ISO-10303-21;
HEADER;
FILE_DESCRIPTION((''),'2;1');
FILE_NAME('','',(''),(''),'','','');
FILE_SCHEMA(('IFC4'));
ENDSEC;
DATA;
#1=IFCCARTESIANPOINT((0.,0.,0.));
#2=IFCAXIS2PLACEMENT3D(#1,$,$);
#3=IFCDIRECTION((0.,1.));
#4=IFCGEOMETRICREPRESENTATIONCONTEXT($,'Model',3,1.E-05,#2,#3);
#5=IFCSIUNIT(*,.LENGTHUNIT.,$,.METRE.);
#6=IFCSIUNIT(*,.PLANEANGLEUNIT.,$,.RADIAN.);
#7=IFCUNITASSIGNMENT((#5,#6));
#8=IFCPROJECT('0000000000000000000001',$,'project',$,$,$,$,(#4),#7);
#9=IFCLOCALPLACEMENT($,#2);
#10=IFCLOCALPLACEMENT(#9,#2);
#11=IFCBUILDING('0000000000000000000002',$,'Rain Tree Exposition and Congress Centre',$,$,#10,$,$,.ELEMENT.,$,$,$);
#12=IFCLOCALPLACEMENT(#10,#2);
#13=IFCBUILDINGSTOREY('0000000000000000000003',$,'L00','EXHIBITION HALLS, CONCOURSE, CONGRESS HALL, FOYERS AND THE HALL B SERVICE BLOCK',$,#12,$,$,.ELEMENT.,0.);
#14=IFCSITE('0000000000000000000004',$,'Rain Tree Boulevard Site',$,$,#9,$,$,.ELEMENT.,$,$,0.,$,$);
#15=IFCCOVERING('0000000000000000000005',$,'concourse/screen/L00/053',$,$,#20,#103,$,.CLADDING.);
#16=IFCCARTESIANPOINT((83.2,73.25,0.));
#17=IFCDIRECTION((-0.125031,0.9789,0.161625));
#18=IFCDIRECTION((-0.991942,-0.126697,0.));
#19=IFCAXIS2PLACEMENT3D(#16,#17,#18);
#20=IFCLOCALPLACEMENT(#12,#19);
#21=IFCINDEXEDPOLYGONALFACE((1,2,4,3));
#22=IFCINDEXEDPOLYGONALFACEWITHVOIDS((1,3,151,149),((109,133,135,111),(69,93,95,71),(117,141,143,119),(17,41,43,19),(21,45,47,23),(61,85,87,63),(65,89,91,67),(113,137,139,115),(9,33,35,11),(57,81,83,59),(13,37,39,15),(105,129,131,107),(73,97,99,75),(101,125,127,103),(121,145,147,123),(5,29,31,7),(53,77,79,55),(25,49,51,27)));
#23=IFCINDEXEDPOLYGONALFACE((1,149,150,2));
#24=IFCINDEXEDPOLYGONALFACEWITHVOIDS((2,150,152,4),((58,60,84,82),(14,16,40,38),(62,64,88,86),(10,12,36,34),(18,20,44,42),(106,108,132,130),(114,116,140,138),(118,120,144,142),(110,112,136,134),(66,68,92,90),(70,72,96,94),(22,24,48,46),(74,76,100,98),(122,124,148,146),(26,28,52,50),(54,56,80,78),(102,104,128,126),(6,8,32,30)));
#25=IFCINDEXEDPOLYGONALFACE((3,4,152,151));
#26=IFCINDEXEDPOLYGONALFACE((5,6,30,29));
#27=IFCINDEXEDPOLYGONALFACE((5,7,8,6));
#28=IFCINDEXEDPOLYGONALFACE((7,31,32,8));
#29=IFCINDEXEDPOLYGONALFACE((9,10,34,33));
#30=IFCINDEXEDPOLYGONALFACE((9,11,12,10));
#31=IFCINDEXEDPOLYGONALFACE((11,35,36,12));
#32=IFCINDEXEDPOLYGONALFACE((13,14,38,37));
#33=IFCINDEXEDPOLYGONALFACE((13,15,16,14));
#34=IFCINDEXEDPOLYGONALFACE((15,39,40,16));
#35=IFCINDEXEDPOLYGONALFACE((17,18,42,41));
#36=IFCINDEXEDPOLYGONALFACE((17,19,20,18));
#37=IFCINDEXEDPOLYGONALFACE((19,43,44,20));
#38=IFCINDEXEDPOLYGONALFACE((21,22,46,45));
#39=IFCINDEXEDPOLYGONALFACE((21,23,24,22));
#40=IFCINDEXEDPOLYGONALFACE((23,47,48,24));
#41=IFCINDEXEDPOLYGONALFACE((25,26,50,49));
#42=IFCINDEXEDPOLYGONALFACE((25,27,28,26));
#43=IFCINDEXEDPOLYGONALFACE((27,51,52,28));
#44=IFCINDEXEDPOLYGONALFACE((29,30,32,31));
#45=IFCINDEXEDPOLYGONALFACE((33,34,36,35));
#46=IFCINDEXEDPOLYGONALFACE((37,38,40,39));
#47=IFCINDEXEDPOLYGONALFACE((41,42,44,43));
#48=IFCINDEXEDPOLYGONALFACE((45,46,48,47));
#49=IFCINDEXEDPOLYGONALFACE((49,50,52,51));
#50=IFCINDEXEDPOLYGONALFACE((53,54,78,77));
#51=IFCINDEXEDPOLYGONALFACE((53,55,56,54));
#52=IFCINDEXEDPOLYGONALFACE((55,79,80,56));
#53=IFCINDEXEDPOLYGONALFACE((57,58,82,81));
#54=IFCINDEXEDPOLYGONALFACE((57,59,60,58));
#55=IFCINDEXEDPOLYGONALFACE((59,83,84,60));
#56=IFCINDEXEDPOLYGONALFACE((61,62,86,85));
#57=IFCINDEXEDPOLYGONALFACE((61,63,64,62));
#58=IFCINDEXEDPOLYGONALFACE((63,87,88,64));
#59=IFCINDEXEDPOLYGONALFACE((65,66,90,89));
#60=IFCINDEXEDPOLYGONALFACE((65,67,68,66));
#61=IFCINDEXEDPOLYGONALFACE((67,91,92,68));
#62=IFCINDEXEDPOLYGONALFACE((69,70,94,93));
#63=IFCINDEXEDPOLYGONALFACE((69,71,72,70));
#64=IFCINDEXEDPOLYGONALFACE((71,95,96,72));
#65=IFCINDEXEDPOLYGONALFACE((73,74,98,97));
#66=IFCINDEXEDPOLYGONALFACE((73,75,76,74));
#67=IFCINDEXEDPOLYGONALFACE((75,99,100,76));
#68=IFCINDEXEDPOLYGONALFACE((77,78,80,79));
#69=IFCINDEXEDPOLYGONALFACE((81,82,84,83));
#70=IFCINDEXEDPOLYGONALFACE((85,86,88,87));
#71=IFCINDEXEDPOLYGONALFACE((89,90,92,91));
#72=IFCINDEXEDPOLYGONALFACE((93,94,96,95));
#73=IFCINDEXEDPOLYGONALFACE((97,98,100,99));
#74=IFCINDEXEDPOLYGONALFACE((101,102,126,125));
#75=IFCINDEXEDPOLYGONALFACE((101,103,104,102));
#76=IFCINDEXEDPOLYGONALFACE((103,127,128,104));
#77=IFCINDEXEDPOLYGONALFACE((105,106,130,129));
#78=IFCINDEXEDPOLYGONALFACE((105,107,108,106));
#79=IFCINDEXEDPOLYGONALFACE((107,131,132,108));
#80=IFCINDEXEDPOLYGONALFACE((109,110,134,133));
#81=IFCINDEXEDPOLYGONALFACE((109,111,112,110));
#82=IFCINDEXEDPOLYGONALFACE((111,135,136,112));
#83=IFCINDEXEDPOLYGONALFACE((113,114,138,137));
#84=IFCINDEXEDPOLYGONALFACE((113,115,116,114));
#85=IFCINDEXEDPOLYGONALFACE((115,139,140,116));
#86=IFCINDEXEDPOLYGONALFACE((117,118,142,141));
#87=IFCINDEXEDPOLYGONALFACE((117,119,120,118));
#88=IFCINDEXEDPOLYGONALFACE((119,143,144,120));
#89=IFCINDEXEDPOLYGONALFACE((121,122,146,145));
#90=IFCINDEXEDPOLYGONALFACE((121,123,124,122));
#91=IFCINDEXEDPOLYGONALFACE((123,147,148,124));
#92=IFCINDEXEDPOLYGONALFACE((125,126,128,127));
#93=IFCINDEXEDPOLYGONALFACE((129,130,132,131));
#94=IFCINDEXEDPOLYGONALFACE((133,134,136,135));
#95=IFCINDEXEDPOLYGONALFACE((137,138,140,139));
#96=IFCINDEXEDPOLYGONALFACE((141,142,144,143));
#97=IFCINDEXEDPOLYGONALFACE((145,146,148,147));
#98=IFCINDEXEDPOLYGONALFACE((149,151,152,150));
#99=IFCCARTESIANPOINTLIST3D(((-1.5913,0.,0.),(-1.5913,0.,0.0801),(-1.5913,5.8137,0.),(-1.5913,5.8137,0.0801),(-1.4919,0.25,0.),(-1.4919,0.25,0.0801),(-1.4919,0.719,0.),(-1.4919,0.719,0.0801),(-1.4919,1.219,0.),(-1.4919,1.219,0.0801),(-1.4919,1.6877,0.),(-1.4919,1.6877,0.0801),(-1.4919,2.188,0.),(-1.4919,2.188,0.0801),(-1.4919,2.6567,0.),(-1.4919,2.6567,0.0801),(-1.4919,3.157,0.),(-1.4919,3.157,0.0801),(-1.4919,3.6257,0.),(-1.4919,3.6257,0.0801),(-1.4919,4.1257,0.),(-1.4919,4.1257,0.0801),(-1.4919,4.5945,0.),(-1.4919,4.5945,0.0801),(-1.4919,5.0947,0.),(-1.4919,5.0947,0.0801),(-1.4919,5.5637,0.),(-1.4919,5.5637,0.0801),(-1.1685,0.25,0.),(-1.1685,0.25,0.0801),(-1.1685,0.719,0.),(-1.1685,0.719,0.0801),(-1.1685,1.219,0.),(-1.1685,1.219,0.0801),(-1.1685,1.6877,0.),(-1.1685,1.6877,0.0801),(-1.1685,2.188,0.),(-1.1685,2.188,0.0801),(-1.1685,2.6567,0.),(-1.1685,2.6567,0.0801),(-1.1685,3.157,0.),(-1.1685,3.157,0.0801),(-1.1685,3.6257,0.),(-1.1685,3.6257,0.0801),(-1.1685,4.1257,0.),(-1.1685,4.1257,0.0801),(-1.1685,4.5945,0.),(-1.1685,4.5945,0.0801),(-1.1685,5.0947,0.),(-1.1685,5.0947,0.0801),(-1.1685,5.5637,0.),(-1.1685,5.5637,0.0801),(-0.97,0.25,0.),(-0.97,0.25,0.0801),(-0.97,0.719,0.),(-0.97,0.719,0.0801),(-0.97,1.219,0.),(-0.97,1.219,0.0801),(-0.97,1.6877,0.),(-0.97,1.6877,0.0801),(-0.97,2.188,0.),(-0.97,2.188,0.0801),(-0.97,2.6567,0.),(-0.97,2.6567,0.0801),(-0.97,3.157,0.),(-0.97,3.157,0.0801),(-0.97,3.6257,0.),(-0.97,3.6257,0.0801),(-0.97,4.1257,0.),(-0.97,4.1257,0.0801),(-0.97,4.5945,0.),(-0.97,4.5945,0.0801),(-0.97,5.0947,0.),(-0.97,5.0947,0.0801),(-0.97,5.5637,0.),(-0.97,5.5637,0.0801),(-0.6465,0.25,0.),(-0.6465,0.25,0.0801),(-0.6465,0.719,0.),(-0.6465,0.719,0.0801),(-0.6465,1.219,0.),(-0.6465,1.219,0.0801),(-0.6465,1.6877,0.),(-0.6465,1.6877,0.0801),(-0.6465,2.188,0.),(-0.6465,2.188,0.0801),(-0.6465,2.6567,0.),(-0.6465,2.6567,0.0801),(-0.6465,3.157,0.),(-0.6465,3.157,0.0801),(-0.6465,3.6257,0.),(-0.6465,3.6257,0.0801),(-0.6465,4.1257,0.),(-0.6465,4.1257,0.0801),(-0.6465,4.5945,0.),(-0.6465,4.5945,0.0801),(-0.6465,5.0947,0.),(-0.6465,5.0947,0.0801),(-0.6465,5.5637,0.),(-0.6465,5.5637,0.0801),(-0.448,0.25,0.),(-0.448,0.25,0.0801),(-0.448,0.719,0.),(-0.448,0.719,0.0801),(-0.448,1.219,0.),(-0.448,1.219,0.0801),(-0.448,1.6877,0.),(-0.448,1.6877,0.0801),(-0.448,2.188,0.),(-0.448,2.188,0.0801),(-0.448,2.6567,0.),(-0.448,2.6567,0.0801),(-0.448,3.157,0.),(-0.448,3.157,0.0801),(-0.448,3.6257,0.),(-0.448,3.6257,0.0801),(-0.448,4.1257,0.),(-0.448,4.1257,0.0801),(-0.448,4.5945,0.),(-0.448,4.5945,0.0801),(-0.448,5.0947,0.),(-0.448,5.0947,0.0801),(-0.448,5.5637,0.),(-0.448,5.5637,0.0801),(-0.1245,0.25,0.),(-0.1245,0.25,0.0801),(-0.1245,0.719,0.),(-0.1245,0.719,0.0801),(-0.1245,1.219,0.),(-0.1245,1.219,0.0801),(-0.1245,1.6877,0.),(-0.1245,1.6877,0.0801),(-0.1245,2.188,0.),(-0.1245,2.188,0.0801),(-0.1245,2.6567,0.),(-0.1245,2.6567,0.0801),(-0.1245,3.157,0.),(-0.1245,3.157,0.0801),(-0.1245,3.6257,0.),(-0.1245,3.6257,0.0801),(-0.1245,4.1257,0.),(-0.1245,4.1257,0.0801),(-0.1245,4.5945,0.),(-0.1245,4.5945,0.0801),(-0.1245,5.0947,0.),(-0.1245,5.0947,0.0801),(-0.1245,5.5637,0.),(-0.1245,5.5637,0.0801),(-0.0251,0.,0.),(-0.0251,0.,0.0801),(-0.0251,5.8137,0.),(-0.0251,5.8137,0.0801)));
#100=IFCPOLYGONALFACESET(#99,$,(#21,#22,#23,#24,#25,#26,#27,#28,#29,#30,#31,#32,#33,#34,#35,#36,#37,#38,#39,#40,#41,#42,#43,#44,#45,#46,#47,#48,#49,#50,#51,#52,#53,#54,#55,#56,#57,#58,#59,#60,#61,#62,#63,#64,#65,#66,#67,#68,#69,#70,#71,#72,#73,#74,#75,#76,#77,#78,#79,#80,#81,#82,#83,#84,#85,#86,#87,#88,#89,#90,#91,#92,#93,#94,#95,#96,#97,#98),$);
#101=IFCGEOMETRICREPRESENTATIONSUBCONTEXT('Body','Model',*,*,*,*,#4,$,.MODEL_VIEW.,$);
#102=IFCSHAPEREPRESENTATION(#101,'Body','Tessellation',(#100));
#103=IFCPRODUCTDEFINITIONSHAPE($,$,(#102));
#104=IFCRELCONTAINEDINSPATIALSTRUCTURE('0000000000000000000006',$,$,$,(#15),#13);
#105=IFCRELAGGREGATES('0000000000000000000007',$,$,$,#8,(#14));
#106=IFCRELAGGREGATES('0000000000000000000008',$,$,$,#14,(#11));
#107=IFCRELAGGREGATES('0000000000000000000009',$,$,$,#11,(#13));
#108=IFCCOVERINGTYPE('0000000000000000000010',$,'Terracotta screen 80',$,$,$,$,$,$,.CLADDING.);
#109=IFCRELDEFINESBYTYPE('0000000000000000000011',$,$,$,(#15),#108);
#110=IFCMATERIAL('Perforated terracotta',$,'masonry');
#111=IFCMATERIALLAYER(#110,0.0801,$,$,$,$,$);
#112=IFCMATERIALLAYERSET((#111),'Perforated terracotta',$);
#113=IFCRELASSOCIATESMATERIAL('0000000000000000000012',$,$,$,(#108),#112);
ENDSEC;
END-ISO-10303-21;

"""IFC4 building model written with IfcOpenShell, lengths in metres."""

from ifc_helpers import new_model, si_unit, direction, frame, origin, place, context, subcontext, project, spatial, polyline, outline, extrude, material, layer, layer_set, type_object, element, save


model = new_model("IFC4")

# Units and contexts
model_context = context("Model", 3, precision=1e-05, world=origin(), true_north=direction((0.0, 1.0)))
body_context = subcontext(model_context, "Body", "Model", "MODEL_VIEW")
ifc_project = project(units=[si_unit("LENGTHUNIT", "METRE"), si_unit("PLANEANGLEUNIT", "RADIAN")], contexts=[model_context])

# Site, building, storey
site_placement = place(None, origin())
site = spatial("IfcSite", under=ifc_project, at=site_placement, Name="Rain Tree Boulevard Site", CompositionType="ELEMENT", RefElevation=0.0)
building_placement = place(site_placement, origin())
building = spatial("IfcBuilding", under=site, at=building_placement, Name="Rain Tree Exposition and Congress Centre", CompositionType="ELEMENT")
storey_placement = place(building_placement, origin())
storey = spatial("IfcBuildingStorey", under=building, at=storey_placement, Name="L00", Description="EXHIBITION HALLS, CONCOURSE, CONGRESS HALL, FOYERS AND THE HALL B SERVICE BLOCK", CompositionType="ELEMENT", Elevation=0.0)

# Covering
ifc_material_1 = material(Name="Perforated terracotta", Category="masonry")
ifc_layer_1 = layer(ifc_material_1, 0.0801)
ifc_layer_set_1 = layer_set([ifc_layer_1], Name="Perforated terracotta")
covering_type_1 = type_object("IfcCoveringType", Name="Terracotta screen 80", PredefinedType="CLADDING", material=ifc_layer_set_1)
covering_1_placement = place(storey_placement, frame((83.2, 73.25, 0.0), z_axis=(-0.125031, 0.9789, 0.161625), x_axis=(-0.991942, -0.126697, 0.0)))
element("IfcCovering", 1, at=covering_1_placement, inside=storey, type_object=covering_type_1, Name="concourse/screen/L00/053", PredefinedType="CLADDING", context=body_context, shape_type="SweptSolid", body=[
    extrude(outline(polyline([(-0.0251, 0.0), (-1.5913, 0.0), (-1.5913, 5.8137), (-0.0251, 5.8137), (-0.0251, 0.0)]), holes=[polyline([(-0.1245, 0.25), (-0.1245, 0.719), (-0.448, 0.719), (-0.448, 0.25), (-0.1245, 0.25)]), polyline([(-0.1245, 1.219), (-0.1245, 1.6877), (-0.448, 1.6877), (-0.448, 1.219), (-0.1245, 1.219)]), polyline([(-0.1245, 2.188), (-0.1245, 2.6567), (-0.448, 2.6567), (-0.448, 2.188), (-0.1245, 2.188)]), polyline([(-0.1245, 3.157), (-0.1245, 3.6257), (-0.448, 3.6257), (-0.448, 3.157), (-0.1245, 3.157)]), polyline([(-0.1245, 4.1257), (-0.1245, 4.5945), (-0.448, 4.5945), (-0.448, 4.1257), (-0.1245, 4.1257)]), polyline([(-0.1245, 5.0947), (-0.1245, 5.5637), (-0.448, 5.5637), (-0.448, 5.0947), (-0.1245, 5.0947)]), polyline([(-0.6465, 0.25), (-0.6465, 0.719), (-0.97, 0.719), (-0.97, 0.25), (-0.6465, 0.25)]), polyline([(-0.6465, 1.219), (-0.6465, 1.6877), (-0.97, 1.6877), (-0.97, 1.219), (-0.6465, 1.219)]), polyline([(-0.6465, 2.188), (-0.6465, 2.6567), (-0.97, 2.6567), (-0.97, 2.188), (-0.6465, 2.188)]), polyline([(-0.6465, 3.157), (-0.6465, 3.6257), (-0.97, 3.6257), (-0.97, 3.157), (-0.6465, 3.157)]), polyline([(-0.6465, 4.1257), (-0.6465, 4.5945), (-0.97, 4.5945), (-0.97, 4.1257), (-0.6465, 4.1257)]), polyline([(-0.6465, 5.0947), (-0.6465, 5.5637), (-0.97, 5.5637), (-0.97, 5.0947), (-0.6465, 5.0947)]), polyline([(-1.1685, 0.25), (-1.1685, 0.719), (-1.4919, 0.719), (-1.4919, 0.25), (-1.1685, 0.25)]), polyline([(-1.1685, 1.219), (-1.1685, 1.6877), (-1.4919, 1.6877), (-1.4919, 1.219), (-1.1685, 1.219)]), polyline([(-1.1685, 2.188), (-1.1685, 2.6567), (-1.4919, 2.6567), (-1.4919, 2.188), (-1.1685, 2.188)]), polyline([(-1.1685, 3.157), (-1.1685, 3.6257), (-1.4919, 3.6257), (-1.4919, 3.157), (-1.1685, 3.157)]), polyline([(-1.1685, 4.1257), (-1.1685, 4.5945), (-1.4919, 4.5945), (-1.4919, 4.1257), (-1.1685, 4.1257)]), polyline([(-1.1685, 5.0947), (-1.1685, 5.5637), (-1.4919, 5.5637), (-1.4919, 5.0947), (-1.1685, 5.0947)])]), origin(), (0.0, 0.0, 1.0), 0.0801),
])

save(model, "model.ifc")
